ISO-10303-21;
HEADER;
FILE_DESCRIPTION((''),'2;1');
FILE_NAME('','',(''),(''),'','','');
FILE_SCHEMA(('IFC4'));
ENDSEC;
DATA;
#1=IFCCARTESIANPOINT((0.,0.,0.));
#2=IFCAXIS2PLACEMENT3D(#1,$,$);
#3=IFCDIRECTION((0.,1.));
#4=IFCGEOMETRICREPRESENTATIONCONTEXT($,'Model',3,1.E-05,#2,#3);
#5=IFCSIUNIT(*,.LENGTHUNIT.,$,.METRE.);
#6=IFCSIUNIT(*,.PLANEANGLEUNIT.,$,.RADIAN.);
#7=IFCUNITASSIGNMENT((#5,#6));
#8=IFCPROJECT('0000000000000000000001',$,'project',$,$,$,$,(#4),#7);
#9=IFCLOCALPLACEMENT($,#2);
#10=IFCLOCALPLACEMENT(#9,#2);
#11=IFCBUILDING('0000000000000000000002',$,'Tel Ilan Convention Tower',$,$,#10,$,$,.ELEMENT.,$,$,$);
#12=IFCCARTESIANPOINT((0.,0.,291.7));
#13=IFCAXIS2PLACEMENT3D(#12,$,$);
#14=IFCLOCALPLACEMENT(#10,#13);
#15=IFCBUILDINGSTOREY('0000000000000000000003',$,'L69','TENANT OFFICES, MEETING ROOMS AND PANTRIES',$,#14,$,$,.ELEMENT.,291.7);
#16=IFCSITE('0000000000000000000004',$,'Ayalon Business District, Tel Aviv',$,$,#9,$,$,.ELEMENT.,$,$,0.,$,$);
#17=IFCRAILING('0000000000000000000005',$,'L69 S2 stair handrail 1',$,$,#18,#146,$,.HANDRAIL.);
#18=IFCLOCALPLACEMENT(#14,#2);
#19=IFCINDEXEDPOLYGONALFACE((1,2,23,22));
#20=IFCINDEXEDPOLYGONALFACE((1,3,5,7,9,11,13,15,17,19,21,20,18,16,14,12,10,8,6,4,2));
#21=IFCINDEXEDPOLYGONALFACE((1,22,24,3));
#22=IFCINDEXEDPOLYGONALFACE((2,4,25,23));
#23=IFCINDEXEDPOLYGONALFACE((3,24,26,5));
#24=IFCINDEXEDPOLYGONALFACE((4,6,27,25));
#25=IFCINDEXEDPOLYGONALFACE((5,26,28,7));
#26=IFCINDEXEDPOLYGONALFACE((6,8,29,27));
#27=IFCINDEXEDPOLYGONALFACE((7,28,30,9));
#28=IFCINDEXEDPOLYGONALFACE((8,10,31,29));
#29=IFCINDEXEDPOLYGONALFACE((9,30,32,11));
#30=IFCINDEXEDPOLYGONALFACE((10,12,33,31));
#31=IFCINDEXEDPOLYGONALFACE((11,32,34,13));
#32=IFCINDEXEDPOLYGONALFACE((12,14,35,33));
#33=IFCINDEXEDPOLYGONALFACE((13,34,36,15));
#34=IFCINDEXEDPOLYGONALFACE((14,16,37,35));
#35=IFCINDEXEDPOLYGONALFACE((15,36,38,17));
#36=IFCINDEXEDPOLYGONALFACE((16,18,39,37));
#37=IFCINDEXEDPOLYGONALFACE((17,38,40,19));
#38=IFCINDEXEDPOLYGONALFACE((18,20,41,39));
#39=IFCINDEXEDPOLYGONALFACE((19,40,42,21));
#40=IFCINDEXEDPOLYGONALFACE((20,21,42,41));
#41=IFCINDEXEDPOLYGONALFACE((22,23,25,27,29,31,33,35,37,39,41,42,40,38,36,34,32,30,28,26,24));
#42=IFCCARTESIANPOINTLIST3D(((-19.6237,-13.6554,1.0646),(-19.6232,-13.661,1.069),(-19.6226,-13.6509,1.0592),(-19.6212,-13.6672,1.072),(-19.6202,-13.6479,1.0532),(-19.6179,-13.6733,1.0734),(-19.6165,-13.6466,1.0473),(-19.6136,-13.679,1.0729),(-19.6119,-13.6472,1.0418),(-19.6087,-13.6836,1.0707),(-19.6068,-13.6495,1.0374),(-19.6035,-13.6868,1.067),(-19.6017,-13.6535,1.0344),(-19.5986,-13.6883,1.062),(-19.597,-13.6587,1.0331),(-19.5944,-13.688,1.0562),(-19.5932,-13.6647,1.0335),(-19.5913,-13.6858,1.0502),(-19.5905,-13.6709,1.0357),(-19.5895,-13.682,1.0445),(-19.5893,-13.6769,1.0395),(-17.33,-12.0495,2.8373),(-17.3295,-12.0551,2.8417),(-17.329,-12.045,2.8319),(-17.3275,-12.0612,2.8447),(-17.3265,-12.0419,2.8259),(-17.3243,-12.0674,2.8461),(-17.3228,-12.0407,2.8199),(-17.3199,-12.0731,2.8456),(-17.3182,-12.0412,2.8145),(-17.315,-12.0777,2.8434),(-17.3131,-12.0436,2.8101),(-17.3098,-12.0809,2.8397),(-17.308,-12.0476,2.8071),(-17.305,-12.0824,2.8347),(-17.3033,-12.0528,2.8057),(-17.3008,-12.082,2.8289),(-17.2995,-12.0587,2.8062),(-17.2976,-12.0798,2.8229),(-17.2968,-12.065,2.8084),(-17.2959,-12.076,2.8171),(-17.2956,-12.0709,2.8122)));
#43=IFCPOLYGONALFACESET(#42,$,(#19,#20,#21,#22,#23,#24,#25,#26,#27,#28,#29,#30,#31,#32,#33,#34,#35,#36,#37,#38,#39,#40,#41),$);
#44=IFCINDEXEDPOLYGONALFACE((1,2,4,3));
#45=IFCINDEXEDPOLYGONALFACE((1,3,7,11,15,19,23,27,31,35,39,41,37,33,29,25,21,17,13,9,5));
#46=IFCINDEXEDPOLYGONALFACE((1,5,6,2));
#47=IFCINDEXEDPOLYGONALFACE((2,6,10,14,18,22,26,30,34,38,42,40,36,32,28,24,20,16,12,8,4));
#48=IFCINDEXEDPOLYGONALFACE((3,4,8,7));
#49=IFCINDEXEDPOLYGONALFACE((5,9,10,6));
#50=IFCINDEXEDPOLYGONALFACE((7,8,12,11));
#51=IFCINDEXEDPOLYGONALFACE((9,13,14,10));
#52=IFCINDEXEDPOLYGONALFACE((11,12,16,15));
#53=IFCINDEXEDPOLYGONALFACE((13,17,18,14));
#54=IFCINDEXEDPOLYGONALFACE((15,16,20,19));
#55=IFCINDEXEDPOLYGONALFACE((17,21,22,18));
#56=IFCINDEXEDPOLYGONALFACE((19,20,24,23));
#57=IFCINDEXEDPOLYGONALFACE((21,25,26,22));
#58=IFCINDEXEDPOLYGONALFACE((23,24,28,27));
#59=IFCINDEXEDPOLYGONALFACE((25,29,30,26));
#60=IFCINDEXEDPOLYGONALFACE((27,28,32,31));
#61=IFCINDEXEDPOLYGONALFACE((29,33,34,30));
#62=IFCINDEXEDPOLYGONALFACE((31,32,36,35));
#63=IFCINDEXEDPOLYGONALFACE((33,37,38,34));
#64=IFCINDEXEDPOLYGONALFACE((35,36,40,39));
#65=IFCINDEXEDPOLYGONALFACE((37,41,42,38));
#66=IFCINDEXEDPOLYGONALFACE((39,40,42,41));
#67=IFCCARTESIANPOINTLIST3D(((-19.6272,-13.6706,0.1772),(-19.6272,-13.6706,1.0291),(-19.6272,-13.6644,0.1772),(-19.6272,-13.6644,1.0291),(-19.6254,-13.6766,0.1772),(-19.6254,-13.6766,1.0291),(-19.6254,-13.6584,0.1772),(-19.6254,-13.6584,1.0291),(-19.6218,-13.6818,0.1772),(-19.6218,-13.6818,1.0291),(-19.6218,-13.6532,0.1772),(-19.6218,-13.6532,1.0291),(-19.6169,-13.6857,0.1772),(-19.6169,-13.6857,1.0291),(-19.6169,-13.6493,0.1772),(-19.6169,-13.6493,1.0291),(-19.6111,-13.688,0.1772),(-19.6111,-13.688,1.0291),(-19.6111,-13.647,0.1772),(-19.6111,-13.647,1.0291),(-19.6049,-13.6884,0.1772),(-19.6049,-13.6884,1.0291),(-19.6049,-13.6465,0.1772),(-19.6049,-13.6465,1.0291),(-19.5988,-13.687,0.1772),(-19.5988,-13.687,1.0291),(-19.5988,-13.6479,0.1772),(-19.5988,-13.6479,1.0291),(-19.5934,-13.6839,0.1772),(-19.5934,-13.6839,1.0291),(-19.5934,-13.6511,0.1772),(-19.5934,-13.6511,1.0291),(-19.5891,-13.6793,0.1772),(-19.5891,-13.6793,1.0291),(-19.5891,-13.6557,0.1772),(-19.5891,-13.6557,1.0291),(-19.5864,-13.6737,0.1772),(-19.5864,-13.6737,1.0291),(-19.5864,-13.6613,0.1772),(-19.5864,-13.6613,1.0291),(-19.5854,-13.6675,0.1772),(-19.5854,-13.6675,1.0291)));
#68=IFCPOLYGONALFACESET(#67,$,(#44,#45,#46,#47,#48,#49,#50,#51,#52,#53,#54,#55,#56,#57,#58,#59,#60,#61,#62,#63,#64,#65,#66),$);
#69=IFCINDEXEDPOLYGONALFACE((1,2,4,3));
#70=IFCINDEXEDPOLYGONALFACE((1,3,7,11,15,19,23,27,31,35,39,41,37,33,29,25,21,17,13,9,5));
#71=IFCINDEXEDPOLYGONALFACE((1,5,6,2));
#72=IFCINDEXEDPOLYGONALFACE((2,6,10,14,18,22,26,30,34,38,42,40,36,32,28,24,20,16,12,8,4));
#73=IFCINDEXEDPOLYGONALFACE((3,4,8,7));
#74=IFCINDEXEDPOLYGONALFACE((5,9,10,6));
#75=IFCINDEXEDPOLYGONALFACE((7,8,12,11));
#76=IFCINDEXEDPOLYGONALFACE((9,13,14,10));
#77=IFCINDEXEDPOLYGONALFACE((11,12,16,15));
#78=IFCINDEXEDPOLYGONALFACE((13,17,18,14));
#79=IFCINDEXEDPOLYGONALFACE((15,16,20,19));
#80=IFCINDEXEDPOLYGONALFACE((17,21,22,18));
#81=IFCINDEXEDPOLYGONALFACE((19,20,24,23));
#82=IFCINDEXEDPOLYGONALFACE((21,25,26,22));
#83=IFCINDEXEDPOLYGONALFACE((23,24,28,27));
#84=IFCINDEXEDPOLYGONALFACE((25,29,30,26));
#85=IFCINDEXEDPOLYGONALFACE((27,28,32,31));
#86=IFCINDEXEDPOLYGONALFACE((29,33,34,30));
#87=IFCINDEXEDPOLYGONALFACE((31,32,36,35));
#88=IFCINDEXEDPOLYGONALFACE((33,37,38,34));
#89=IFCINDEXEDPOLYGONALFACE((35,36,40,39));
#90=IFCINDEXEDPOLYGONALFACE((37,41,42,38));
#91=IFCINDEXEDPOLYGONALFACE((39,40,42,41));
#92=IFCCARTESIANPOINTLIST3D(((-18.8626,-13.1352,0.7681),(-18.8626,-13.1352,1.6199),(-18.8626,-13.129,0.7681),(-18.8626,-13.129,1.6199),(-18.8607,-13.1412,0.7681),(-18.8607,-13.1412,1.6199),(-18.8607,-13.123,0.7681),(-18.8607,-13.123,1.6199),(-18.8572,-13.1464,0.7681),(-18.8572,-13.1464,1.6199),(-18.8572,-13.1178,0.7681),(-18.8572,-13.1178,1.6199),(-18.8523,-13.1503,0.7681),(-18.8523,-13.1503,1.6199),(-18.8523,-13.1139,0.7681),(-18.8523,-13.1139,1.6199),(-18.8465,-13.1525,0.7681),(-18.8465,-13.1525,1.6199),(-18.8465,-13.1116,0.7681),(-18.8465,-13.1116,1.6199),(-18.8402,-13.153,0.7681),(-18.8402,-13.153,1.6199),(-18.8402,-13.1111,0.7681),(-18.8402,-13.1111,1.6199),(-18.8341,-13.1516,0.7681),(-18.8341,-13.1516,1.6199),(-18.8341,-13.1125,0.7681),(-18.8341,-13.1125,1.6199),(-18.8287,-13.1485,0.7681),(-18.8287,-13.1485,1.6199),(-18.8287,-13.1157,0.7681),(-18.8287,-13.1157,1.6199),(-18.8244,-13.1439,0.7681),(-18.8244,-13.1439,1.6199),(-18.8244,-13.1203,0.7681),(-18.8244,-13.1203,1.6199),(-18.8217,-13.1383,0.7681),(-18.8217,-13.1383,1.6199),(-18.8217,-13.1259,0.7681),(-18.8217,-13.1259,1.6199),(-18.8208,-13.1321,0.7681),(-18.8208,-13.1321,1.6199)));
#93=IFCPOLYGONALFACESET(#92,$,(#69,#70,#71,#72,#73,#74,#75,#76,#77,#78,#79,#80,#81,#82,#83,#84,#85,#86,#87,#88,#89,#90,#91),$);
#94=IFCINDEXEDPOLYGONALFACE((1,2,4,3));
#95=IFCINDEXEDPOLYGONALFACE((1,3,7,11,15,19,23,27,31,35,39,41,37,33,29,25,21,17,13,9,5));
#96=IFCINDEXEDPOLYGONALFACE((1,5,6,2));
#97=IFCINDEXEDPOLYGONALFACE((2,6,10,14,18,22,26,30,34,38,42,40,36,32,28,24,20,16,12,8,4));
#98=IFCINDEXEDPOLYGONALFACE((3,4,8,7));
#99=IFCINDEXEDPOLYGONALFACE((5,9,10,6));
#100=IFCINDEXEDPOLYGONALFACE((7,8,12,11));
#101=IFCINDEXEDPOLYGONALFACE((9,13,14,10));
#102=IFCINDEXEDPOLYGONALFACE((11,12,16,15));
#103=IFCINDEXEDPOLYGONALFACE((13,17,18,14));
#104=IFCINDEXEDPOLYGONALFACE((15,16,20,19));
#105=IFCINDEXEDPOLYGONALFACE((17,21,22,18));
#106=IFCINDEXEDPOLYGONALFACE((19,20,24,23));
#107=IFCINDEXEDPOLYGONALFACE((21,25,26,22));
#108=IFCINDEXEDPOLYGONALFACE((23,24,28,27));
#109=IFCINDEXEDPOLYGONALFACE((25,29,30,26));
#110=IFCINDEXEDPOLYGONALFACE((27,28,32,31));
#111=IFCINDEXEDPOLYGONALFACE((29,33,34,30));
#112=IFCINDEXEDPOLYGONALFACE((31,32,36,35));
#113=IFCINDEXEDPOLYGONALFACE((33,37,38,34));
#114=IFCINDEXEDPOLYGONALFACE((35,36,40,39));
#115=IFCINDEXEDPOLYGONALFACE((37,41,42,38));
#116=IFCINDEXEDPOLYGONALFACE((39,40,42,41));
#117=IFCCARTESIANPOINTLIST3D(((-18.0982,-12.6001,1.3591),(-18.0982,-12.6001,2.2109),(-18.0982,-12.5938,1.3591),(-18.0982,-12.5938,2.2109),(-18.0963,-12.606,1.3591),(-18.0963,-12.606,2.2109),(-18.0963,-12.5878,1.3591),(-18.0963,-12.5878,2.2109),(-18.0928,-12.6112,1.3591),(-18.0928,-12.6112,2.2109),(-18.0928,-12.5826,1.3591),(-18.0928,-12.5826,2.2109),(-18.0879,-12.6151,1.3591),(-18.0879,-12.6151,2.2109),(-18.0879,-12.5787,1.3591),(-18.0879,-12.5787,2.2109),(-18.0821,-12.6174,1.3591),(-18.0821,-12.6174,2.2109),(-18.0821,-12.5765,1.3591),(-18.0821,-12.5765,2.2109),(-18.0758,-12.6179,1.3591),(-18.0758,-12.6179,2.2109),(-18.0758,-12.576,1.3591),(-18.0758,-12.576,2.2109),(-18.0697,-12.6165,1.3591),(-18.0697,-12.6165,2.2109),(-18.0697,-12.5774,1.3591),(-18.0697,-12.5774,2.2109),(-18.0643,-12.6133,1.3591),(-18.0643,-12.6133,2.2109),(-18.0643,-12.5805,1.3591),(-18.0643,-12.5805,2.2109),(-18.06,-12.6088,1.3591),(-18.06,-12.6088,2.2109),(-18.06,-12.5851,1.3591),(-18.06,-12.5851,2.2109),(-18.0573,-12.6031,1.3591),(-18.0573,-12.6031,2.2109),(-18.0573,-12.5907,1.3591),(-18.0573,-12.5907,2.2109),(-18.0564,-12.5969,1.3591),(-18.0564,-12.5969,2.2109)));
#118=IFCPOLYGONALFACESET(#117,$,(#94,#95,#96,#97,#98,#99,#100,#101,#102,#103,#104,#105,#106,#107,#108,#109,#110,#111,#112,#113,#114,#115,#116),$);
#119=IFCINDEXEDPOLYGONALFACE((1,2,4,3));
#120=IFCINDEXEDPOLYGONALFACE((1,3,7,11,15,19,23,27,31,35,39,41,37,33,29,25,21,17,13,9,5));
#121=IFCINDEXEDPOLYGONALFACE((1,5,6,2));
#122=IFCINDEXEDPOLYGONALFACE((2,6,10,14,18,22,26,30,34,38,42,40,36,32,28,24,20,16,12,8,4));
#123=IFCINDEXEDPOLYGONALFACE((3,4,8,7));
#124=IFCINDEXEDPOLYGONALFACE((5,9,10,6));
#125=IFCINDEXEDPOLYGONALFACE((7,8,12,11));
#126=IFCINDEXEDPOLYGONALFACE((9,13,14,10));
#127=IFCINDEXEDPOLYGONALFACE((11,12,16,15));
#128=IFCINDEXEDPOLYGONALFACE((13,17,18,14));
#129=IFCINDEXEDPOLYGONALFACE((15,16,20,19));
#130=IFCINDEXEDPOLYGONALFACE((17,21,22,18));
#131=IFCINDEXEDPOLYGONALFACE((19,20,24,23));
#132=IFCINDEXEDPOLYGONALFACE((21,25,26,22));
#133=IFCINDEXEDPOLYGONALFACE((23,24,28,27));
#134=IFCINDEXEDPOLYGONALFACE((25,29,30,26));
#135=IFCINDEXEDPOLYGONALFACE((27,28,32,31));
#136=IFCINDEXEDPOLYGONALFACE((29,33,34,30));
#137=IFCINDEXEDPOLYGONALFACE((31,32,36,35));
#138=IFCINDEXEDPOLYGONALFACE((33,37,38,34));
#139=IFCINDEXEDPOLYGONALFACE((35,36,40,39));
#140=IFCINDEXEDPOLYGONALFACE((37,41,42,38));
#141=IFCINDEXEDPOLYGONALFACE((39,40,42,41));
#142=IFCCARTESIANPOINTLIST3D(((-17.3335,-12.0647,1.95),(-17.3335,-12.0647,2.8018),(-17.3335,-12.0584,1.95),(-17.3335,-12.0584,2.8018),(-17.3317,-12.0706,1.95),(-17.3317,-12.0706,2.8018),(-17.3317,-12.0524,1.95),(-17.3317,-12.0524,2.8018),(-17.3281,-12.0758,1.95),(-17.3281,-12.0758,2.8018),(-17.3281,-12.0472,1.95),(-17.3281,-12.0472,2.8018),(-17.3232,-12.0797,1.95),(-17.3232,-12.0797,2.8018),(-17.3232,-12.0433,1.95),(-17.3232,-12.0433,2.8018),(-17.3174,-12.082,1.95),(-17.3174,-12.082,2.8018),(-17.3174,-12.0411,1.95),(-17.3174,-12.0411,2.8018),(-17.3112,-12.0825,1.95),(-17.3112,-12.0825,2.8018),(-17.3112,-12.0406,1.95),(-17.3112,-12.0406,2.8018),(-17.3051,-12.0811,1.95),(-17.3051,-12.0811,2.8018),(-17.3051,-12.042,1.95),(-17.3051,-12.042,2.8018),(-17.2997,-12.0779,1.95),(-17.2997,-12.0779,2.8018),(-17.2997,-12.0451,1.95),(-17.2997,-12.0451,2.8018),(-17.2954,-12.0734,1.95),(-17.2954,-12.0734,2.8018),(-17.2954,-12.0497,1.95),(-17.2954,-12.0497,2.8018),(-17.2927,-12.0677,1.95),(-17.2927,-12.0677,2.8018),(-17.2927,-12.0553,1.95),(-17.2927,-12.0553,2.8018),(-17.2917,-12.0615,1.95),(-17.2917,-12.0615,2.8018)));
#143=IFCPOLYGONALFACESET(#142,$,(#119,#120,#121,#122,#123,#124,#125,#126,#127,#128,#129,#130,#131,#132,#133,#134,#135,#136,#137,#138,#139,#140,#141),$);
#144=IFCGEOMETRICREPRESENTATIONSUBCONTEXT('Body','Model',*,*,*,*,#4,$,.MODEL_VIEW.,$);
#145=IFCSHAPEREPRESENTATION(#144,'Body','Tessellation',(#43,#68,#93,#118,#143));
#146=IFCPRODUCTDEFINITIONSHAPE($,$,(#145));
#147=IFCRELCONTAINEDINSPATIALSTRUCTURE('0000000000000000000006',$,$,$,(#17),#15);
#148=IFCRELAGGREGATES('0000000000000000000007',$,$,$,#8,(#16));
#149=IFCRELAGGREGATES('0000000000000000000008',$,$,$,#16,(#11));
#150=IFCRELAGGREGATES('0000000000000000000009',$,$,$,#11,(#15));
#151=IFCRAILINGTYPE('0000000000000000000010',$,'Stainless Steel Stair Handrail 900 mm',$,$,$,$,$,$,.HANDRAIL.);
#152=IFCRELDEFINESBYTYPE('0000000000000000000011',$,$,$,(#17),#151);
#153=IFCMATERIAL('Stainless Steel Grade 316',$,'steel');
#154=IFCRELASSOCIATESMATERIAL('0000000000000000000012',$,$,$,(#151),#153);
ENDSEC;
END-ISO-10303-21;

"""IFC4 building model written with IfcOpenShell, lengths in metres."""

from ifc_helpers import new_model, si_unit, direction, frame, origin, origin_2d, place, context, subcontext, project, spatial, circle, extrude, material, type_object, element, save


model = new_model("IFC4")

# Units and contexts
model_context = context("Model", 3, precision=1e-05, world=origin(), true_north=direction((0.0, 1.0)))
body_context = subcontext(model_context, "Body", "Model", "MODEL_VIEW")
ifc_project = project(units=[si_unit("LENGTHUNIT", "METRE"), si_unit("PLANEANGLEUNIT", "RADIAN")], contexts=[model_context])

# Site, building, storey
site_placement = place(None, origin())
site = spatial("IfcSite", under=ifc_project, at=site_placement, Name="Ayalon Business District, Tel Aviv", CompositionType="ELEMENT", RefElevation=0.0)
building_placement = place(site_placement, origin())
building = spatial("IfcBuilding", under=site, at=building_placement, Name="Tel Ilan Convention Tower", CompositionType="ELEMENT")
storey_placement = place(building_placement, frame((0.0, 0.0, 291.7)))
storey = spatial("IfcBuildingStorey", under=building, at=storey_placement, Name="L69", Description="TENANT OFFICES, MEETING ROOMS AND PANTRIES", CompositionType="ELEMENT", Elevation=291.7)

# Railing
ifc_material_1 = material(Name="Stainless Steel Grade 316", Category="steel")
railing_type = type_object("IfcRailingType", Name="Stainless Steel Stair Handrail 900 mm", PredefinedType="HANDRAIL", material=ifc_material_1)
railing_placement = place(storey_placement, frame((-19.6064, -13.6675, 0.1772)))
element("IfcRailing", 1, at=railing_placement, inside=storey, type_object=railing_type, Name="L69 S2 stair handrail 1", PredefinedType="HANDRAIL", context=body_context, shape_type="SweptSolid", body=[
    extrude(circle(Radius=0.0239, at=origin_2d()), frame((0.0, 0.0, 0.876), z_axis=(0.692123, 0.484597, 0.534913), x_axis=(-0.57355, 0.81917, 0.0)), (0.0, 0.0, 1.0), 3.314),
    extrude(circle(Radius=0.021, at=origin_2d()), origin(), (0.0, 0.0, 1.0), 0.8518),
    extrude(circle(Radius=0.021, at=origin_2d()), frame((0.7646, 0.5354, 0.5908)), (0.0, 0.0, 1.0), 0.8518),
    extrude(circle(Radius=0.021, at=origin_2d()), frame((1.5291, 1.0706, 1.1819)), (0.0, 0.0, 1.0), 0.8518),
    extrude(circle(Radius=0.021, at=origin_2d()), frame((2.2937, 1.606, 1.7727)), (0.0, 0.0, 1.0), 0.8518),
])

save(model, "model.ifc")
